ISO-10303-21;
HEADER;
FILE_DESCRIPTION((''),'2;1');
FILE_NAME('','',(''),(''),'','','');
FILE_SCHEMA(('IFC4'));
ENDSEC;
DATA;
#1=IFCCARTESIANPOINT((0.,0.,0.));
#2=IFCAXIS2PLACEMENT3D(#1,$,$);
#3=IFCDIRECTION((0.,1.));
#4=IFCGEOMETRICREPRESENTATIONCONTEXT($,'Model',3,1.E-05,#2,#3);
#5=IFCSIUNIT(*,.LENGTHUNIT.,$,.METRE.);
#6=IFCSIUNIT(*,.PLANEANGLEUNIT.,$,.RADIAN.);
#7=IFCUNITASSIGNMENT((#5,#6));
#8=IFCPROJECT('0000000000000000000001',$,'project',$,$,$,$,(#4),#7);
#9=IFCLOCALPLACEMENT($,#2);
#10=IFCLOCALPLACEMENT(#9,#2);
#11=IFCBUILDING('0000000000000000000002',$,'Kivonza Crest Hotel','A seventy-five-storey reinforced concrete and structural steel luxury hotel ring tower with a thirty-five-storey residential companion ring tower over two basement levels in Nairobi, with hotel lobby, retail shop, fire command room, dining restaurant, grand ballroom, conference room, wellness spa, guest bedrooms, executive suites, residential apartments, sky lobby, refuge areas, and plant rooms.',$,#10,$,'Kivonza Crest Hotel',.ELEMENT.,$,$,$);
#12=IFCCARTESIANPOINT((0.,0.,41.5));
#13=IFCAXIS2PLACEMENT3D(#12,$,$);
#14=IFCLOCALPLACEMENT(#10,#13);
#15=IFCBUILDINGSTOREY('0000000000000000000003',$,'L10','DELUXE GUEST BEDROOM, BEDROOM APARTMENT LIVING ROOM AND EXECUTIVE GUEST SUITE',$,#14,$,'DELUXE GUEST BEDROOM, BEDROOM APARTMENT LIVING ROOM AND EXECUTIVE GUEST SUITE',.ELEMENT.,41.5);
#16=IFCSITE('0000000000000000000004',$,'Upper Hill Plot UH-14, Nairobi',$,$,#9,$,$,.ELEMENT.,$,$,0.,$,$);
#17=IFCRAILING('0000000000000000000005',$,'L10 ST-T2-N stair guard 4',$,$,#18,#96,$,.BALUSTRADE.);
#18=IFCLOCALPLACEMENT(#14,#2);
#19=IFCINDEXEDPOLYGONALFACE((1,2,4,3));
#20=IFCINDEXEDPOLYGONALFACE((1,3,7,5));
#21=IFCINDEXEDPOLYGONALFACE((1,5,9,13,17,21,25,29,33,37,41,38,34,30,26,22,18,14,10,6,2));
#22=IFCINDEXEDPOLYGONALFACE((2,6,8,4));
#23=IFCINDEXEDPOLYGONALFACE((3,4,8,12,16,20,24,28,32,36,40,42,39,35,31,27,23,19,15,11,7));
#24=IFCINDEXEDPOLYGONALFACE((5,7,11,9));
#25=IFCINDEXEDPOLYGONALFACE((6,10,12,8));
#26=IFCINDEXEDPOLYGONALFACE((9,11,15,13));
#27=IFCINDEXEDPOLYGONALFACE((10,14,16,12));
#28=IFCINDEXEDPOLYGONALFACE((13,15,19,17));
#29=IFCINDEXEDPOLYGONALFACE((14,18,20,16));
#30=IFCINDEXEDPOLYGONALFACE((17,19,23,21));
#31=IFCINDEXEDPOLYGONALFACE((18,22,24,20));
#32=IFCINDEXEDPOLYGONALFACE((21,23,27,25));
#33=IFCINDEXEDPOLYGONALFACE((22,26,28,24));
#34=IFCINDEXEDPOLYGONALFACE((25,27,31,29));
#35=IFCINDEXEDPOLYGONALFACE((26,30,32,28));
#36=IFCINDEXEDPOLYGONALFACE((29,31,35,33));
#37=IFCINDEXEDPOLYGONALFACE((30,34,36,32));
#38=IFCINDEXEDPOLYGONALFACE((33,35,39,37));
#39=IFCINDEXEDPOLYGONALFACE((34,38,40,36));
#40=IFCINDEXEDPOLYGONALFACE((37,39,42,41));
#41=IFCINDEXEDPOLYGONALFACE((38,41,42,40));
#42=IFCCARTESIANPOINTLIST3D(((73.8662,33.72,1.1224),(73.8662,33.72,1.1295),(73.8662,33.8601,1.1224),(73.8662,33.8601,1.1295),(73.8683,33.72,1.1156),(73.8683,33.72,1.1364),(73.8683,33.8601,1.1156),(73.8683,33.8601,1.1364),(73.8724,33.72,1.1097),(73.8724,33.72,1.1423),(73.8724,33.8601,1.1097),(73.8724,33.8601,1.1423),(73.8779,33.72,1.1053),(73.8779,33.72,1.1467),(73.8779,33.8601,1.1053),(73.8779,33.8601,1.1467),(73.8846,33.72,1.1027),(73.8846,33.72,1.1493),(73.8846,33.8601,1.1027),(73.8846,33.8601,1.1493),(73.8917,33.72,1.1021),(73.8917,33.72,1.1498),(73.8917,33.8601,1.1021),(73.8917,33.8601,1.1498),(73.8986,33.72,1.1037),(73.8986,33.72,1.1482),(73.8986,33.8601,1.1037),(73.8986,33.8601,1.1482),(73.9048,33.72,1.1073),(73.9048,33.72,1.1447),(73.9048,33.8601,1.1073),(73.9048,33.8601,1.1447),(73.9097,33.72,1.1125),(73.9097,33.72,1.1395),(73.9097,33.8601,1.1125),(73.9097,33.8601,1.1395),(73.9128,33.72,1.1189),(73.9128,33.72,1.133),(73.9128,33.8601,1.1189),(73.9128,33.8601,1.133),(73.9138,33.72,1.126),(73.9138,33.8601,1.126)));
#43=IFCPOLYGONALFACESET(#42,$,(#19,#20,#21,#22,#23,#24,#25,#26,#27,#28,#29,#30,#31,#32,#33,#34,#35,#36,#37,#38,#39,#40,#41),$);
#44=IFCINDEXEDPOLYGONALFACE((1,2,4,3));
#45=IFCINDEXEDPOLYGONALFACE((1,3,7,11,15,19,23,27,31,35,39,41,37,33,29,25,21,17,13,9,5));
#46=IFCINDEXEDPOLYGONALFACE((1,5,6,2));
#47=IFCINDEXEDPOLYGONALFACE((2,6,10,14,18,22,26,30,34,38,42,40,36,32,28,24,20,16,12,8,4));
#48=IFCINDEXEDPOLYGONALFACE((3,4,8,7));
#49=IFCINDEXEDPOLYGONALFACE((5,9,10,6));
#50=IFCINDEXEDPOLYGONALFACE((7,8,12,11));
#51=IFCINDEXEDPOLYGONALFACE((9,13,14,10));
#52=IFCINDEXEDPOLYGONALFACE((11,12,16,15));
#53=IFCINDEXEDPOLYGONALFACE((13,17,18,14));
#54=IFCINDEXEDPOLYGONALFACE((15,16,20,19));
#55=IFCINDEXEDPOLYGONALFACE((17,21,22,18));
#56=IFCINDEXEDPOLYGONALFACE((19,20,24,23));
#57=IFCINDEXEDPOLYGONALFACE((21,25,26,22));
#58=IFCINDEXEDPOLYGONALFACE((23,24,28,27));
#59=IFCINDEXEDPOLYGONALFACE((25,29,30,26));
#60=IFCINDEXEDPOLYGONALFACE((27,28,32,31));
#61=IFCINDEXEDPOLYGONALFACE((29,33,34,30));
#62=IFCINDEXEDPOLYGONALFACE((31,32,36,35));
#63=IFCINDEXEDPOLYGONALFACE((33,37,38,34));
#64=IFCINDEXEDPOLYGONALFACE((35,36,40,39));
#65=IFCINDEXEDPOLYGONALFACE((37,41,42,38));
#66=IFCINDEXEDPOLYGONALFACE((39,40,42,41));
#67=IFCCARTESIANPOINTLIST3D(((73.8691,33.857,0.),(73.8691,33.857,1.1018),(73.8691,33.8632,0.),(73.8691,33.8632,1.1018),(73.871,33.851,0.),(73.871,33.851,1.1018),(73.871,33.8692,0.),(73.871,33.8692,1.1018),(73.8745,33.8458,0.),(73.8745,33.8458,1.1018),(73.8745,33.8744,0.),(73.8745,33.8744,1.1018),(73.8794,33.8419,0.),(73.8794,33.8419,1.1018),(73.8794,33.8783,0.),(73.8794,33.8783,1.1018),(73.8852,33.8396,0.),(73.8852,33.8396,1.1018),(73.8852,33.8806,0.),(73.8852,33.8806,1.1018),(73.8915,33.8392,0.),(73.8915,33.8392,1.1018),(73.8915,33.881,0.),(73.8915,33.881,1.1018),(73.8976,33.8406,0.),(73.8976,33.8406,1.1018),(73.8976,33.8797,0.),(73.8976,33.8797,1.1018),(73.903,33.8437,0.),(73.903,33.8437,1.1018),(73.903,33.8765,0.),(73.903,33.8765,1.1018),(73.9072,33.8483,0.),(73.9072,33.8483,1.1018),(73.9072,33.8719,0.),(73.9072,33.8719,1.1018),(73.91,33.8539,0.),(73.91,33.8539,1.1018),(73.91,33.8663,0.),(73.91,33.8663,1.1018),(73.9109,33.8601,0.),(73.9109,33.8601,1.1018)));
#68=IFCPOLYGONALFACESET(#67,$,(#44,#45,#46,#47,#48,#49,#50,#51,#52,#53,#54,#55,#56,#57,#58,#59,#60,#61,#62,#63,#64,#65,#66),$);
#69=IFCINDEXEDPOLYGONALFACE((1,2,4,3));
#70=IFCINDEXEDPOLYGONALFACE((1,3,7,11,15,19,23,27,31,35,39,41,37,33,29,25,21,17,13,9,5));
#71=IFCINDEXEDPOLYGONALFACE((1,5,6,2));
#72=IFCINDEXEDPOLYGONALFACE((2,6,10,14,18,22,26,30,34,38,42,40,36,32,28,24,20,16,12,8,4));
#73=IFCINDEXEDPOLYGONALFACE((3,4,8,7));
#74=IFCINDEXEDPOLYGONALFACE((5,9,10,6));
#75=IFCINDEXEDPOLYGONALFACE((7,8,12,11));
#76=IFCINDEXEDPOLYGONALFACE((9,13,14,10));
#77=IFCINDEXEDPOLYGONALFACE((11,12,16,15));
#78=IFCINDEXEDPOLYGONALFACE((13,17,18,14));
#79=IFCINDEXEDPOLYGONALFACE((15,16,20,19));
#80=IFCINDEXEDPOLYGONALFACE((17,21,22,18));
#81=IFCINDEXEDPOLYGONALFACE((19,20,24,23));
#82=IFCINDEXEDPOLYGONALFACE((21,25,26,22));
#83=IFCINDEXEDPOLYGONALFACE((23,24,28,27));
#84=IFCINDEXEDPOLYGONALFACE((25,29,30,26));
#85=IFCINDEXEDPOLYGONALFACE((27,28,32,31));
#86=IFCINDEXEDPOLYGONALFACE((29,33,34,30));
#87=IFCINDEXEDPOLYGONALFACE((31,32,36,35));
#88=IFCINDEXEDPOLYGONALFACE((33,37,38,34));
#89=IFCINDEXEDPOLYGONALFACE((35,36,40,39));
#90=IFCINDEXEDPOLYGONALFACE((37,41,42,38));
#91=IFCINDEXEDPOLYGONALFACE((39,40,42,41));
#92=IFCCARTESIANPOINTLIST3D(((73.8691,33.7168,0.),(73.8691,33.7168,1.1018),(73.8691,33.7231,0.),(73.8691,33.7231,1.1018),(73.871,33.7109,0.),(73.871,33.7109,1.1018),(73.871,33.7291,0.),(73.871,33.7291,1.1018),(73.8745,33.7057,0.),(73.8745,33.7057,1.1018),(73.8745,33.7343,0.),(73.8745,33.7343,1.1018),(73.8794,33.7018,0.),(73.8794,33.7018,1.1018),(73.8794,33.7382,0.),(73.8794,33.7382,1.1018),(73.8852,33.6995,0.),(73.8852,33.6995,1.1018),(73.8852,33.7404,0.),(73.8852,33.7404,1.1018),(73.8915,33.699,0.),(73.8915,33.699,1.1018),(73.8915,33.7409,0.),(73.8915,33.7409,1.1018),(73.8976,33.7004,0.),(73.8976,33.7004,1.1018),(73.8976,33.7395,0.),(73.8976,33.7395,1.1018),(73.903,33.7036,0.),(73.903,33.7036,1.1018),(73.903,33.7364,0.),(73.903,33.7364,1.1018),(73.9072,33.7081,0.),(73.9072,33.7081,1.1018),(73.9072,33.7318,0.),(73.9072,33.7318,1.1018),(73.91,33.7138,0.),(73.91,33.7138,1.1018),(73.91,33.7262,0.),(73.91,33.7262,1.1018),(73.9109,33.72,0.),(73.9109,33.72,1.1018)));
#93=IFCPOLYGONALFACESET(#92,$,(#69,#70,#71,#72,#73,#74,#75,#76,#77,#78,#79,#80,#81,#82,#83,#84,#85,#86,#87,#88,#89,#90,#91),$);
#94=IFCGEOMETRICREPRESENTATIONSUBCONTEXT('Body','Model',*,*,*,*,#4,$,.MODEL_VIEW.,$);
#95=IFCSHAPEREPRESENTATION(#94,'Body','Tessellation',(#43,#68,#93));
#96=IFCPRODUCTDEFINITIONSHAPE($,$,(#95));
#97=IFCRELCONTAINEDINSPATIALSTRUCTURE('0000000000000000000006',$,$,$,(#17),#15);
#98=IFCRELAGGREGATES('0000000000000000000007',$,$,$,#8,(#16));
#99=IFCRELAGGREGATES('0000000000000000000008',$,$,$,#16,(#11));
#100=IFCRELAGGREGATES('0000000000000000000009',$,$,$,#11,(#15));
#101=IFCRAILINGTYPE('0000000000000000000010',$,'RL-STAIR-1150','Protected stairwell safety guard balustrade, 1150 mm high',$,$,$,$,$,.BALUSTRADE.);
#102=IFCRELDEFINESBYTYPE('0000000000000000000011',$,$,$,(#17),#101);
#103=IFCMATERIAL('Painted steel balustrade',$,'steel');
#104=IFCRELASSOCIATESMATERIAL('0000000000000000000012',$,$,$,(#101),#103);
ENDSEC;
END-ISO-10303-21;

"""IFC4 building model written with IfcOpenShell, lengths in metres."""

from ifc_helpers import new_model, si_unit, direction, frame, origin, origin_2d, place, context, subcontext, project, spatial, circle, extrude, material, type_object, element, save


model = new_model("IFC4")

# Units and contexts
model_context = context("Model", 3, precision=1e-05, world=origin(), true_north=direction((0.0, 1.0)))
body_context = subcontext(model_context, "Body", "Model", "MODEL_VIEW")
ifc_project = project(units=[si_unit("LENGTHUNIT", "METRE"), si_unit("PLANEANGLEUNIT", "RADIAN")], contexts=[model_context])

# Site, building, storey
site_placement = place(None, origin())
site = spatial("IfcSite", under=ifc_project, at=site_placement, Name="Upper Hill Plot UH-14, Nairobi", CompositionType="ELEMENT", RefElevation=0.0)
building_placement = place(site_placement, origin())
building = spatial("IfcBuilding", under=site, at=building_placement, Name="Kivonza Crest Hotel", Description="A seventy-five-storey reinforced concrete and structural steel luxury hotel ring tower with a thirty-five-storey residential companion ring tower over two basement levels in Nairobi, with hotel lobby, retail shop, fire command room, dining restaurant, grand ballroom, conference room, wellness spa, guest bedrooms, executive suites, residential apartments, sky lobby, refuge areas, and plant rooms.", LongName="Kivonza Crest Hotel", CompositionType="ELEMENT")
storey_placement = place(building_placement, frame((0.0, 0.0, 41.5)))
storey = spatial("IfcBuildingStorey", under=building, at=storey_placement, Name="L10", Description="DELUXE GUEST BEDROOM, BEDROOM APARTMENT LIVING ROOM AND EXECUTIVE GUEST SUITE", LongName="DELUXE GUEST BEDROOM, BEDROOM APARTMENT LIVING ROOM AND EXECUTIVE GUEST SUITE", CompositionType="ELEMENT", Elevation=41.5)

# Railing
ifc_material_1 = material(Name="Painted steel balustrade", Category="steel")
railing_type = type_object("IfcRailingType", Name="RL-STAIR-1150", Description="Protected stairwell safety guard balustrade, 1150 mm high", PredefinedType="BALUSTRADE", material=ifc_material_1)
railing_1_placement = place(storey_placement, frame((73.8899, 33.8601, 0.0)))
element("IfcRailing", 1, at=railing_1_placement, inside=storey, type_object=railing_type, Name="L10 ST-T2-N stair guard 4", PredefinedType="BALUSTRADE", context=body_context, shape_type="SweptSolid", body=[
    extrude(circle(Radius=0.0239, at=origin_2d()), frame((0.0, 0.0, 1.126), z_axis=(0.0, -1.0, 0.0), x_axis=(1.0, 0.0, 0.0)), (0.0, 0.0, 1.0), 0.1401),
    extrude(circle(Radius=0.021, at=origin_2d()), origin(), (0.0, 0.0, 1.0), 1.1018),
    extrude(circle(Radius=0.021, at=origin_2d()), frame((0.0, -0.1401, 0.0)), (0.0, 0.0, 1.0), 1.1018),
])

save(model, "model.ifc")
